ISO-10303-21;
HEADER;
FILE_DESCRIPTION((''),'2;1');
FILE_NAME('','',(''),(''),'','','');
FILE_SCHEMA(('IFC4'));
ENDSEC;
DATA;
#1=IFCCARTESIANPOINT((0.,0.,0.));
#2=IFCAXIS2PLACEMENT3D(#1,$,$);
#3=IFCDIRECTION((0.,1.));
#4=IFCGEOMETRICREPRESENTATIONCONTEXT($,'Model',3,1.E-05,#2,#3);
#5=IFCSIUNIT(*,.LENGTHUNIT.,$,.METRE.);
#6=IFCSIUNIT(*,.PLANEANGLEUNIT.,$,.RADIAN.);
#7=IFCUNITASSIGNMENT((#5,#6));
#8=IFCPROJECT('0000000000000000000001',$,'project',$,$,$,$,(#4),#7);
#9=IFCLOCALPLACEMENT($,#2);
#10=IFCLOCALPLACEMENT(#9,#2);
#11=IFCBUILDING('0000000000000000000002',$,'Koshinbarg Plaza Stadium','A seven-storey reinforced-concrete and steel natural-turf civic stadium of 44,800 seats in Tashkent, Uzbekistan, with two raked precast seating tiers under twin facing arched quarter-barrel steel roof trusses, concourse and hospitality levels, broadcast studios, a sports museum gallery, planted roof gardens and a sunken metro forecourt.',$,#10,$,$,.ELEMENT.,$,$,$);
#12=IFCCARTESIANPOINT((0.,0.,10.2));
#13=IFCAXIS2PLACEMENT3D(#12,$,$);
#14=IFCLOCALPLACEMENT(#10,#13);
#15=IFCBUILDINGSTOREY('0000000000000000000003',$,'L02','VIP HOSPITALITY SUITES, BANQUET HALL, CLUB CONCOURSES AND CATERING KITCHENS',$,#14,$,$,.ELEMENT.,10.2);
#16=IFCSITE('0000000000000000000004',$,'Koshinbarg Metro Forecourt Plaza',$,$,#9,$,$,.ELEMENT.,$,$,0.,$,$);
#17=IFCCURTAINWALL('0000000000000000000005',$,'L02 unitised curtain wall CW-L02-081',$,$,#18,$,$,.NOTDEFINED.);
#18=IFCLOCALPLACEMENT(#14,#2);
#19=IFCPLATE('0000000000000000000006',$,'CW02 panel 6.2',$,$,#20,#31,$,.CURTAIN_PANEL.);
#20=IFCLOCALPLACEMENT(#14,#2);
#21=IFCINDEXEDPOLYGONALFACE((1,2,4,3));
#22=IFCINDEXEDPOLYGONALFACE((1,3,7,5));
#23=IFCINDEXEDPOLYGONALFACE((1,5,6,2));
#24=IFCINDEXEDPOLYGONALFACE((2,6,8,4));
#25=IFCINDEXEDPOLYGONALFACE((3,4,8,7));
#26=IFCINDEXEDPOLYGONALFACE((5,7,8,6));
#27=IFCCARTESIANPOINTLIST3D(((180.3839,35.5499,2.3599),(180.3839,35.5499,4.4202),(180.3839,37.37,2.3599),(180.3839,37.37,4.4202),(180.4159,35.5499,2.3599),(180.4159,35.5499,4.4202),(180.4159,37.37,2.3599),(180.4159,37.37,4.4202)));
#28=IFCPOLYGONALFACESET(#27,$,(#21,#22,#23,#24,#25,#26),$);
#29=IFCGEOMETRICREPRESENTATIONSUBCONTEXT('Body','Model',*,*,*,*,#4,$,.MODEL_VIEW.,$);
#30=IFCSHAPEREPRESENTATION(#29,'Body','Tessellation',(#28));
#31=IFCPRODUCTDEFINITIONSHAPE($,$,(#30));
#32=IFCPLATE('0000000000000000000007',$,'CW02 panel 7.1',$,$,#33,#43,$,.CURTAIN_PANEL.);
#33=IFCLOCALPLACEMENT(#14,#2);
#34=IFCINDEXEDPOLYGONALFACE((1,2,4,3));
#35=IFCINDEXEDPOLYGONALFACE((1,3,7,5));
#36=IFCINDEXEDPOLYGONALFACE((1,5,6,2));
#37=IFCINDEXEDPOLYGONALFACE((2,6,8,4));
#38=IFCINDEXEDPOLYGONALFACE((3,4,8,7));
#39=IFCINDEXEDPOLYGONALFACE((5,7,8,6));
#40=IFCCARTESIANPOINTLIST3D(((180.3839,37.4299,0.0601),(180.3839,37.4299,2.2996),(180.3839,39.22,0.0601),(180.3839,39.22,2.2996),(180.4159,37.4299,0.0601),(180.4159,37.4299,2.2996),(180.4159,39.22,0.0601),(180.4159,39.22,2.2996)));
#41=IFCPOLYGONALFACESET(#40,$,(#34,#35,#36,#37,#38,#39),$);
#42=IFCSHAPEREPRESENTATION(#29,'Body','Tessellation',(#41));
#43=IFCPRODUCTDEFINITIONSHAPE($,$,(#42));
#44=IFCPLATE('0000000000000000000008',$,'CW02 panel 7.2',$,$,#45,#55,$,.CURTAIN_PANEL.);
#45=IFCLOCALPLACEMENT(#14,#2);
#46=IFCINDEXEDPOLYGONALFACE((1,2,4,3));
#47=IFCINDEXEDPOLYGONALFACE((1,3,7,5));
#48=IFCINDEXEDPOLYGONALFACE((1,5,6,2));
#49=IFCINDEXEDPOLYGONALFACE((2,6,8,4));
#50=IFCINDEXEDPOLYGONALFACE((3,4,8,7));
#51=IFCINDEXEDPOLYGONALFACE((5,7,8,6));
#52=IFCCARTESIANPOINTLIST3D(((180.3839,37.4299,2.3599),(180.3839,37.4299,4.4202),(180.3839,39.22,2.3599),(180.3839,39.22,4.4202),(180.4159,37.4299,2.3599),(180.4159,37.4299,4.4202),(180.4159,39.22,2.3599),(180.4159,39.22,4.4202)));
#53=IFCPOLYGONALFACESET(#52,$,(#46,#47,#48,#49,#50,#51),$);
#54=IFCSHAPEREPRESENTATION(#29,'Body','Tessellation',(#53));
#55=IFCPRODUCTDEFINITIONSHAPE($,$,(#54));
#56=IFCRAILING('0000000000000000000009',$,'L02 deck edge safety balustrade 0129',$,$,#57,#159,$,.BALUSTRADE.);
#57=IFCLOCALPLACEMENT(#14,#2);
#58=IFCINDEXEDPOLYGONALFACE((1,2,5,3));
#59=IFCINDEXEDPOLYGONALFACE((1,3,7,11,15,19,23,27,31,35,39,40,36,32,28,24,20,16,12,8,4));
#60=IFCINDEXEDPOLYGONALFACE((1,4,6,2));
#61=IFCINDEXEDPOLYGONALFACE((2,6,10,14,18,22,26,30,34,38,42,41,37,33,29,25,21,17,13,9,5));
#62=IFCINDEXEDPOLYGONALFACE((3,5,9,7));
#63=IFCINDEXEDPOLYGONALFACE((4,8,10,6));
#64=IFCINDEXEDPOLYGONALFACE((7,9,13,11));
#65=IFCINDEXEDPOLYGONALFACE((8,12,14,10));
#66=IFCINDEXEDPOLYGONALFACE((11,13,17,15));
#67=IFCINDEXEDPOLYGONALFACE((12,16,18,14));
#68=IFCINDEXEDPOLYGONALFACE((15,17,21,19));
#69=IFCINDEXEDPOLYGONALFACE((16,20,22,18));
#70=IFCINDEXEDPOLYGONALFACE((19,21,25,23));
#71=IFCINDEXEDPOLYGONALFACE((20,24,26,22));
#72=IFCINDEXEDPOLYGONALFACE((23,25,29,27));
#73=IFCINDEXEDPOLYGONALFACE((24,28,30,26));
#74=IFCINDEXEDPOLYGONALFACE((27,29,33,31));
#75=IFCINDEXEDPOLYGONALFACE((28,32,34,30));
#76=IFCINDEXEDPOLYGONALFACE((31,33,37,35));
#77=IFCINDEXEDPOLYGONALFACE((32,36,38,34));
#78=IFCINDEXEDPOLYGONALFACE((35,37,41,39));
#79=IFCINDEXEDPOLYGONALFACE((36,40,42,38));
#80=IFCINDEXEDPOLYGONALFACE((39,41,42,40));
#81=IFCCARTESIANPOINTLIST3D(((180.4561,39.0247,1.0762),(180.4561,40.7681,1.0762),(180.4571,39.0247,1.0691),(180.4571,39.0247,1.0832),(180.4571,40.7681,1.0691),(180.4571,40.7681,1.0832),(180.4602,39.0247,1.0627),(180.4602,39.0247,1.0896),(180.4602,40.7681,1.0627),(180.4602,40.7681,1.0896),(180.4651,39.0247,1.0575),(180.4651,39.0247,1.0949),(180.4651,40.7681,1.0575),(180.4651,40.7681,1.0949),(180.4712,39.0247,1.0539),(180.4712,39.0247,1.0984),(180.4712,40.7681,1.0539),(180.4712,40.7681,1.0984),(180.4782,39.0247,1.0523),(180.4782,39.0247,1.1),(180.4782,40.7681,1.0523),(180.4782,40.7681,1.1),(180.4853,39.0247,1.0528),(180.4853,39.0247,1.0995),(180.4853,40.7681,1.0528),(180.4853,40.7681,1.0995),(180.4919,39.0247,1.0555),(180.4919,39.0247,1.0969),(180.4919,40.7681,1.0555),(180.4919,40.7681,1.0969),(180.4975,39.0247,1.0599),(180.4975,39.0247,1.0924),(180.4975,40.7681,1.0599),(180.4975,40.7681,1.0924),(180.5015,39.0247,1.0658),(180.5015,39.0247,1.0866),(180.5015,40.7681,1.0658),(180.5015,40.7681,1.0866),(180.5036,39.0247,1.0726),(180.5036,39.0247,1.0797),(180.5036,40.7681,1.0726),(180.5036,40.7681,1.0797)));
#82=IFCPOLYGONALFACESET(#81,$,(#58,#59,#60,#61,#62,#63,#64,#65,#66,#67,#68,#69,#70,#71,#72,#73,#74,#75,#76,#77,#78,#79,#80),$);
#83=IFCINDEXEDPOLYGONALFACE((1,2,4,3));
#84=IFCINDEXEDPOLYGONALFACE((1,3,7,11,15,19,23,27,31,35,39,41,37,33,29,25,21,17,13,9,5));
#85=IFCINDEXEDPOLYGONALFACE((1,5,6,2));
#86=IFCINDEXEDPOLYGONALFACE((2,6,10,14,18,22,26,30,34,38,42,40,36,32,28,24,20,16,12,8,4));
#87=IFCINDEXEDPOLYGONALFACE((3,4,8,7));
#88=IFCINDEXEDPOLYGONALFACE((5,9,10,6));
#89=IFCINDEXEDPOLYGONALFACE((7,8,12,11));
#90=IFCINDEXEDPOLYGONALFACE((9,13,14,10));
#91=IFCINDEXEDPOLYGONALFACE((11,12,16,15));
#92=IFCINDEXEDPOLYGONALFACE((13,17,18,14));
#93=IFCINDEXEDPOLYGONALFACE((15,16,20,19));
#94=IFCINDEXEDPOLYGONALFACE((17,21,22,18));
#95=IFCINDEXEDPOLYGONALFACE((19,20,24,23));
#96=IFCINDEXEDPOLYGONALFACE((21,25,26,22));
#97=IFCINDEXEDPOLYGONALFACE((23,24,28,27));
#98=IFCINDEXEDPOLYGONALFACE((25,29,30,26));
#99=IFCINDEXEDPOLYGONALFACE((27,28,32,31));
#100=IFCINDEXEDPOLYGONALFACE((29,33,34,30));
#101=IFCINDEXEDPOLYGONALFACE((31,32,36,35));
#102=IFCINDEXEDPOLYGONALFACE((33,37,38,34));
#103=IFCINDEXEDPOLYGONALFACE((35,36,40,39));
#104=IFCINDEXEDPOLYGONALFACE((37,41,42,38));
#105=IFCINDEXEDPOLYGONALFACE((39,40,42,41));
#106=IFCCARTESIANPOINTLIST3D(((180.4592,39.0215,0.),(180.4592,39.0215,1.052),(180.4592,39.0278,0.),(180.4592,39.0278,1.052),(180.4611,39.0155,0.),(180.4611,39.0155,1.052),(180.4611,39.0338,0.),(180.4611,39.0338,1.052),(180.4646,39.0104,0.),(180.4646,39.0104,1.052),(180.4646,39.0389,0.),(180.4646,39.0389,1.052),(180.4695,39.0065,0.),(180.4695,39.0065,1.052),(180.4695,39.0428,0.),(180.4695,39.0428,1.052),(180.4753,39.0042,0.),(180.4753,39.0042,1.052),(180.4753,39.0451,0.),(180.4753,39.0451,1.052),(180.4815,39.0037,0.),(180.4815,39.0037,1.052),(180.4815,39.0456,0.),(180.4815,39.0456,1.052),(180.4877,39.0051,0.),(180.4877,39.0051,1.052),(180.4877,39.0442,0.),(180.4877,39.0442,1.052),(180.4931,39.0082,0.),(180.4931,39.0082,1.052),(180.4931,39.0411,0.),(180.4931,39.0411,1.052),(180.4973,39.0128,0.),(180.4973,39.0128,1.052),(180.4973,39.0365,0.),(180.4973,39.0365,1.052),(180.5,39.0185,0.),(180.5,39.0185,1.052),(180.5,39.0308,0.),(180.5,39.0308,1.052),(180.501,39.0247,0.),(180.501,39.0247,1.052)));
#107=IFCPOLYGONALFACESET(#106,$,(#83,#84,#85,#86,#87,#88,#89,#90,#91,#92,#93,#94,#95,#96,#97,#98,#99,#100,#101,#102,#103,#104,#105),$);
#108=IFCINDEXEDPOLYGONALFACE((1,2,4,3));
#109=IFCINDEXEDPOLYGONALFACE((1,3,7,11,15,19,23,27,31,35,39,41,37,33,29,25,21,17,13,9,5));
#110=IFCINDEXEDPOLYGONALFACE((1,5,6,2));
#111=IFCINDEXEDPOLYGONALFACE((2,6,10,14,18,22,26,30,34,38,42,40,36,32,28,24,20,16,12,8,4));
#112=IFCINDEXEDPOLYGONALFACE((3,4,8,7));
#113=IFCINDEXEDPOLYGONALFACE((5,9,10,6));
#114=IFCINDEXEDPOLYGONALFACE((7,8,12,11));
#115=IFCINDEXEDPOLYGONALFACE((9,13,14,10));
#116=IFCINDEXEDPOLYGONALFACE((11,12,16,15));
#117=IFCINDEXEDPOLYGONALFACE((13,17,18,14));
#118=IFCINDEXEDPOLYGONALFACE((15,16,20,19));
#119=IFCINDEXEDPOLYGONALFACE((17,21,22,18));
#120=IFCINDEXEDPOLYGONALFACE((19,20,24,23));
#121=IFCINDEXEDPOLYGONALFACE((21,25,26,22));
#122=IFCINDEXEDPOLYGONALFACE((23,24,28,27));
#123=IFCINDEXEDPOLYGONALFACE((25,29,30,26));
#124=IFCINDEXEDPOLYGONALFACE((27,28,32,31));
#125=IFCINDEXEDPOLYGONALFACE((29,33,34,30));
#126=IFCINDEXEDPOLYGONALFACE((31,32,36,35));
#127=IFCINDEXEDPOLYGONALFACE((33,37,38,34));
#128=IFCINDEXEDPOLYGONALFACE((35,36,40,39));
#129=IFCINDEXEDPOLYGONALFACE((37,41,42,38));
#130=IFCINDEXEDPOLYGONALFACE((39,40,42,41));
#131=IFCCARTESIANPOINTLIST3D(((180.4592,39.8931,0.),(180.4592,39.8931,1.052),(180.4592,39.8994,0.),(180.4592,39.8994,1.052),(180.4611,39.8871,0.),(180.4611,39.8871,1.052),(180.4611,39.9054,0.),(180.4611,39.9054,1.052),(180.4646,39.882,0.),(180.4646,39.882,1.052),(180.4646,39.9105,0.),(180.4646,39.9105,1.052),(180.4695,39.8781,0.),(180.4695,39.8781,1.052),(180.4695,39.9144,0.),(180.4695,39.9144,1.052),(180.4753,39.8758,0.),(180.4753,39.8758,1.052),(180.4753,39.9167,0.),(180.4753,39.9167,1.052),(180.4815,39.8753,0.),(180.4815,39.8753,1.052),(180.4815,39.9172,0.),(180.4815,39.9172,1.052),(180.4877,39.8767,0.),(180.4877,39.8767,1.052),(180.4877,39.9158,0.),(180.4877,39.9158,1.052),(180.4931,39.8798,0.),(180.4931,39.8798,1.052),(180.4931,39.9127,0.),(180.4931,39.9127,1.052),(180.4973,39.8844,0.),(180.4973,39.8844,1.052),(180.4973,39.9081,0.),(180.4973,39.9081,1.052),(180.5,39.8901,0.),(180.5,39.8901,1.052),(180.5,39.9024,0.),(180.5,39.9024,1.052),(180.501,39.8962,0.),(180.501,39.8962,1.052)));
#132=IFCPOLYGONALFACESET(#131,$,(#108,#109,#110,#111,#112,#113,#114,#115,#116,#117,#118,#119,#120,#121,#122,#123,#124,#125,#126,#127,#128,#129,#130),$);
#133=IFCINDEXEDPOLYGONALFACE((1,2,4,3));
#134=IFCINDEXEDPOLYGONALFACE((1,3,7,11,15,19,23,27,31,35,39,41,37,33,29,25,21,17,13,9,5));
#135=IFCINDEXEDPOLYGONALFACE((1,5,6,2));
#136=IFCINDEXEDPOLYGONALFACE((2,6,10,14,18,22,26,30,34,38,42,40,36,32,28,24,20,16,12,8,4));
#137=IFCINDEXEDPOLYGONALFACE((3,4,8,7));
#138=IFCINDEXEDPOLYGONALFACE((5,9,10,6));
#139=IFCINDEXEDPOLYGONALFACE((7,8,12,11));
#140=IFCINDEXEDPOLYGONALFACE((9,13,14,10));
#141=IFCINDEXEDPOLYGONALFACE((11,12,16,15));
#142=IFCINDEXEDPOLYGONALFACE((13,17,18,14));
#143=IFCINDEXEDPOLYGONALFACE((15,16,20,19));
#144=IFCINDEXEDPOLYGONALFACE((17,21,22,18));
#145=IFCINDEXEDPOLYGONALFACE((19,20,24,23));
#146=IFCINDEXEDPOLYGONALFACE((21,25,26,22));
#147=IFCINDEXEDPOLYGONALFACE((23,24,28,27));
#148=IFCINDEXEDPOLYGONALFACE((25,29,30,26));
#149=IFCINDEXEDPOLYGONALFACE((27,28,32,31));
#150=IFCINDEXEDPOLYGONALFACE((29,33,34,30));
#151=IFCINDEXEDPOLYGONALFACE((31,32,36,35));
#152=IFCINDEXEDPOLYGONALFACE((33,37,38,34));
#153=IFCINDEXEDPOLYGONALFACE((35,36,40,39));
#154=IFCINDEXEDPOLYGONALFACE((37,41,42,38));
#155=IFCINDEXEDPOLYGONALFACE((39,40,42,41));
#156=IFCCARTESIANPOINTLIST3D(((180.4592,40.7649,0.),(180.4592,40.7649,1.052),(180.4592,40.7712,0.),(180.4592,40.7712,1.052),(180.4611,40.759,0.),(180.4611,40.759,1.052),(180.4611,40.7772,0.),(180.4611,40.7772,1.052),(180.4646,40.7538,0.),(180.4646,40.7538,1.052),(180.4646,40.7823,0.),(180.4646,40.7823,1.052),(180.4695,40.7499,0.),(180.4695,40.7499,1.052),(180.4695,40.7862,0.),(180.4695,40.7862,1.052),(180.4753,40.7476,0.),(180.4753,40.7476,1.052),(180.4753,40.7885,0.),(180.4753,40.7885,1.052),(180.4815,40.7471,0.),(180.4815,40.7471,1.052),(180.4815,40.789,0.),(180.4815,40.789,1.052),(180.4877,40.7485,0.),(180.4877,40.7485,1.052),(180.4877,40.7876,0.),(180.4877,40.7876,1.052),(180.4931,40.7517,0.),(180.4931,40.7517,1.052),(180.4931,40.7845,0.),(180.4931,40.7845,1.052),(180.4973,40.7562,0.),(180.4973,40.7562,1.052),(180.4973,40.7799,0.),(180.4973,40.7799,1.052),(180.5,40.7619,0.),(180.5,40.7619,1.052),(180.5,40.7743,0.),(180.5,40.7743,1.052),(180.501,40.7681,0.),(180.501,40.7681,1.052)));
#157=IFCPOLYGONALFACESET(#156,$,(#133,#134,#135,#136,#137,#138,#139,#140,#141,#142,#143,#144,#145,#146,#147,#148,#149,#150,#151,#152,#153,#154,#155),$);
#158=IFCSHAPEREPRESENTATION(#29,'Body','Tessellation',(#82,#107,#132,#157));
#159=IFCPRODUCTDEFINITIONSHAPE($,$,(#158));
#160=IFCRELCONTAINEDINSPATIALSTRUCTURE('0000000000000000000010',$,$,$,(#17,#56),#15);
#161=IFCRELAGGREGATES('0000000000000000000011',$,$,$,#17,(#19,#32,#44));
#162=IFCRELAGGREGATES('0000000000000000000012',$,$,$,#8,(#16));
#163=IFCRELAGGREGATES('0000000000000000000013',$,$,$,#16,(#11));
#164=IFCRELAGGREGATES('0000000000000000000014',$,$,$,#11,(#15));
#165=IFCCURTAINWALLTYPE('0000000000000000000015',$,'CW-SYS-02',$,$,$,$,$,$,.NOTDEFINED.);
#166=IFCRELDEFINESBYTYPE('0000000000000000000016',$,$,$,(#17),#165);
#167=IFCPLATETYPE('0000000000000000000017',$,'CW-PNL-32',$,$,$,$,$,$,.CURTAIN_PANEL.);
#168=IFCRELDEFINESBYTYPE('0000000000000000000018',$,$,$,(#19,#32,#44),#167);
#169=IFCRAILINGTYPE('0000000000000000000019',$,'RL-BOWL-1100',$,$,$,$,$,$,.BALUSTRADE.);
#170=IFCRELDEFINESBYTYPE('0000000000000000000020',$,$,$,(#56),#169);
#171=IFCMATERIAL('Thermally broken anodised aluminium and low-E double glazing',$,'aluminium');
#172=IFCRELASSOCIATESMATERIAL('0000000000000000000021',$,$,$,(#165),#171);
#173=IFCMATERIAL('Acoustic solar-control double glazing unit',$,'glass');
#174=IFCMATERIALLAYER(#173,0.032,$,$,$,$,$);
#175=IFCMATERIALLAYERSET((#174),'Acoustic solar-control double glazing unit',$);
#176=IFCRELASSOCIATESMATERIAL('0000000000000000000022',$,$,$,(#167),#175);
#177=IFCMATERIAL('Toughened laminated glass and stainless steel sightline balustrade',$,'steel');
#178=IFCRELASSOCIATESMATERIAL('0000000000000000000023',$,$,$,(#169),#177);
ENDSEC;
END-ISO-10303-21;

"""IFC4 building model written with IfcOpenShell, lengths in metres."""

from ifc_helpers import new_model, si_unit, direction, frame, origin, origin_2d, place, context, subcontext, project, spatial, rectangle, circle, extrude, material, layer, layer_set, type_object, element, aggregate, save


model = new_model("IFC4")

# Units and contexts
model_context = context("Model", 3, precision=1e-05, world=origin(), true_north=direction((0.0, 1.0)))
body_context = subcontext(model_context, "Body", "Model", "MODEL_VIEW")
ifc_project = project(units=[si_unit("LENGTHUNIT", "METRE"), si_unit("PLANEANGLEUNIT", "RADIAN")], contexts=[model_context])

# Site, building, storey
site_placement = place(None, origin())
site = spatial("IfcSite", under=ifc_project, at=site_placement, Name="Koshinbarg Metro Forecourt Plaza", CompositionType="ELEMENT", RefElevation=0.0)
building_placement = place(site_placement, origin())
building = spatial("IfcBuilding", under=site, at=building_placement, Name="Koshinbarg Plaza Stadium", Description="A seven-storey reinforced-concrete and steel natural-turf civic stadium of 44,800 seats in Tashkent, Uzbekistan, with two raked precast seating tiers under twin facing arched quarter-barrel steel roof trusses, concourse and hospitality levels, broadcast studios, a sports museum gallery, planted roof gardens and a sunken metro forecourt.", CompositionType="ELEMENT")
storey_placement = place(building_placement, frame((0.0, 0.0, 10.2)))
storey = spatial("IfcBuildingStorey", under=building, at=storey_placement, Name="L02", Description="VIP HOSPITALITY SUITES, BANQUET HALL, CLUB CONCOURSES AND CATERING KITCHENS", CompositionType="ELEMENT", Elevation=10.2)

# Curtain wall
ifc_material_1 = material(Name="Thermally broken anodised aluminium and low-E double glazing", Category="aluminium")
curtain_wall_type = type_object("IfcCurtainWallType", Name="CW-SYS-02", PredefinedType="NOTDEFINED", material=ifc_material_1)
curtain_wall_placement = place(storey_placement, origin())
curtain_wall = element("IfcCurtainWall", 1, at=curtain_wall_placement, inside=storey, type_object=curtain_wall_type, Name="L02 unitised curtain wall CW-L02-081", PredefinedType="NOTDEFINED")

# Plates
ifc_material_2 = material(Name="Acoustic solar-control double glazing unit", Category="glass")
ifc_layer = layer(ifc_material_2, 0.032)
ifc_layer_set = layer_set([ifc_layer], Name="Acoustic solar-control double glazing unit")
plate_type = type_object("IfcPlateType", Name="CW-PNL-32", PredefinedType="CURTAIN_PANEL", material=ifc_layer_set)
plate_1_placement = place(storey_placement, frame((180.3999, 36.46, 2.3599), z_axis=(0.0, 0.0, 1.0), x_axis=(0.0, 1.0, 0.0)))
plate_1 = element("IfcPlate", 2, at=plate_1_placement, type_object=plate_type, Name="CW02 panel 6.2", PredefinedType="CURTAIN_PANEL", context=body_context, shape_type="SweptSolid", body=[
    extrude(rectangle(XDim=1.8201, YDim=0.032, at=origin_2d()), origin(), (0.0, 0.0, 1.0), 2.0603),
])
plate_2_placement = place(storey_placement, frame((180.3999, 38.325, 0.0601), z_axis=(0.0, 0.0, 1.0), x_axis=(0.0, 1.0, 0.0)))
plate_2 = element("IfcPlate", 3, at=plate_2_placement, type_object=plate_type, Name="CW02 panel 7.1", PredefinedType="CURTAIN_PANEL", context=body_context, shape_type="SweptSolid", body=[
    extrude(rectangle(XDim=1.79, YDim=0.032, at=origin_2d()), origin(), (0.0, 0.0, 1.0), 2.2395),
])
plate_3_placement = place(storey_placement, frame((180.3999, 38.325, 2.3599), z_axis=(0.0, 0.0, 1.0), x_axis=(0.0, 1.0, 0.0)))
plate_3 = element("IfcPlate", 4, at=plate_3_placement, type_object=plate_type, Name="CW02 panel 7.2", PredefinedType="CURTAIN_PANEL", context=body_context, shape_type="SweptSolid", body=[
    extrude(rectangle(XDim=1.79, YDim=0.032, at=origin_2d()), origin(), (0.0, 0.0, 1.0), 2.0603),
])
aggregate(curtain_wall, [plate_1, plate_2, plate_3])

# Railing
ifc_material_3 = material(Name="Toughened laminated glass and stainless steel sightline balustrade", Category="steel")
railing_type = type_object("IfcRailingType", Name="RL-BOWL-1100", PredefinedType="BALUSTRADE", material=ifc_material_3)
railing_placement = place(storey_placement, frame((180.48, 39.0247, 0.0)))
element("IfcRailing", 5, at=railing_placement, inside=storey, type_object=railing_type, Name="L02 deck edge safety balustrade 0129", PredefinedType="BALUSTRADE", context=body_context, shape_type="SweptSolid", body=[
    extrude(circle(Radius=0.0239, at=origin_2d()), frame((0.0, 0.0, 1.0762), z_axis=(0.0, 1.0, 0.0), x_axis=(-1.0, 0.0, 0.0)), (0.0, 0.0, 1.0), 1.7434),
    extrude(circle(Radius=0.021, at=origin_2d()), origin(), (0.0, 0.0, 1.0), 1.052),
    extrude(circle(Radius=0.021, at=origin_2d()), frame((0.0, 0.8716, 0.0)), (0.0, 0.0, 1.0), 1.052),
    extrude(circle(Radius=0.021, at=origin_2d()), frame((0.0, 1.7434, 0.0)), (0.0, 0.0, 1.0), 1.052),
])

save(model, "model.ifc")
